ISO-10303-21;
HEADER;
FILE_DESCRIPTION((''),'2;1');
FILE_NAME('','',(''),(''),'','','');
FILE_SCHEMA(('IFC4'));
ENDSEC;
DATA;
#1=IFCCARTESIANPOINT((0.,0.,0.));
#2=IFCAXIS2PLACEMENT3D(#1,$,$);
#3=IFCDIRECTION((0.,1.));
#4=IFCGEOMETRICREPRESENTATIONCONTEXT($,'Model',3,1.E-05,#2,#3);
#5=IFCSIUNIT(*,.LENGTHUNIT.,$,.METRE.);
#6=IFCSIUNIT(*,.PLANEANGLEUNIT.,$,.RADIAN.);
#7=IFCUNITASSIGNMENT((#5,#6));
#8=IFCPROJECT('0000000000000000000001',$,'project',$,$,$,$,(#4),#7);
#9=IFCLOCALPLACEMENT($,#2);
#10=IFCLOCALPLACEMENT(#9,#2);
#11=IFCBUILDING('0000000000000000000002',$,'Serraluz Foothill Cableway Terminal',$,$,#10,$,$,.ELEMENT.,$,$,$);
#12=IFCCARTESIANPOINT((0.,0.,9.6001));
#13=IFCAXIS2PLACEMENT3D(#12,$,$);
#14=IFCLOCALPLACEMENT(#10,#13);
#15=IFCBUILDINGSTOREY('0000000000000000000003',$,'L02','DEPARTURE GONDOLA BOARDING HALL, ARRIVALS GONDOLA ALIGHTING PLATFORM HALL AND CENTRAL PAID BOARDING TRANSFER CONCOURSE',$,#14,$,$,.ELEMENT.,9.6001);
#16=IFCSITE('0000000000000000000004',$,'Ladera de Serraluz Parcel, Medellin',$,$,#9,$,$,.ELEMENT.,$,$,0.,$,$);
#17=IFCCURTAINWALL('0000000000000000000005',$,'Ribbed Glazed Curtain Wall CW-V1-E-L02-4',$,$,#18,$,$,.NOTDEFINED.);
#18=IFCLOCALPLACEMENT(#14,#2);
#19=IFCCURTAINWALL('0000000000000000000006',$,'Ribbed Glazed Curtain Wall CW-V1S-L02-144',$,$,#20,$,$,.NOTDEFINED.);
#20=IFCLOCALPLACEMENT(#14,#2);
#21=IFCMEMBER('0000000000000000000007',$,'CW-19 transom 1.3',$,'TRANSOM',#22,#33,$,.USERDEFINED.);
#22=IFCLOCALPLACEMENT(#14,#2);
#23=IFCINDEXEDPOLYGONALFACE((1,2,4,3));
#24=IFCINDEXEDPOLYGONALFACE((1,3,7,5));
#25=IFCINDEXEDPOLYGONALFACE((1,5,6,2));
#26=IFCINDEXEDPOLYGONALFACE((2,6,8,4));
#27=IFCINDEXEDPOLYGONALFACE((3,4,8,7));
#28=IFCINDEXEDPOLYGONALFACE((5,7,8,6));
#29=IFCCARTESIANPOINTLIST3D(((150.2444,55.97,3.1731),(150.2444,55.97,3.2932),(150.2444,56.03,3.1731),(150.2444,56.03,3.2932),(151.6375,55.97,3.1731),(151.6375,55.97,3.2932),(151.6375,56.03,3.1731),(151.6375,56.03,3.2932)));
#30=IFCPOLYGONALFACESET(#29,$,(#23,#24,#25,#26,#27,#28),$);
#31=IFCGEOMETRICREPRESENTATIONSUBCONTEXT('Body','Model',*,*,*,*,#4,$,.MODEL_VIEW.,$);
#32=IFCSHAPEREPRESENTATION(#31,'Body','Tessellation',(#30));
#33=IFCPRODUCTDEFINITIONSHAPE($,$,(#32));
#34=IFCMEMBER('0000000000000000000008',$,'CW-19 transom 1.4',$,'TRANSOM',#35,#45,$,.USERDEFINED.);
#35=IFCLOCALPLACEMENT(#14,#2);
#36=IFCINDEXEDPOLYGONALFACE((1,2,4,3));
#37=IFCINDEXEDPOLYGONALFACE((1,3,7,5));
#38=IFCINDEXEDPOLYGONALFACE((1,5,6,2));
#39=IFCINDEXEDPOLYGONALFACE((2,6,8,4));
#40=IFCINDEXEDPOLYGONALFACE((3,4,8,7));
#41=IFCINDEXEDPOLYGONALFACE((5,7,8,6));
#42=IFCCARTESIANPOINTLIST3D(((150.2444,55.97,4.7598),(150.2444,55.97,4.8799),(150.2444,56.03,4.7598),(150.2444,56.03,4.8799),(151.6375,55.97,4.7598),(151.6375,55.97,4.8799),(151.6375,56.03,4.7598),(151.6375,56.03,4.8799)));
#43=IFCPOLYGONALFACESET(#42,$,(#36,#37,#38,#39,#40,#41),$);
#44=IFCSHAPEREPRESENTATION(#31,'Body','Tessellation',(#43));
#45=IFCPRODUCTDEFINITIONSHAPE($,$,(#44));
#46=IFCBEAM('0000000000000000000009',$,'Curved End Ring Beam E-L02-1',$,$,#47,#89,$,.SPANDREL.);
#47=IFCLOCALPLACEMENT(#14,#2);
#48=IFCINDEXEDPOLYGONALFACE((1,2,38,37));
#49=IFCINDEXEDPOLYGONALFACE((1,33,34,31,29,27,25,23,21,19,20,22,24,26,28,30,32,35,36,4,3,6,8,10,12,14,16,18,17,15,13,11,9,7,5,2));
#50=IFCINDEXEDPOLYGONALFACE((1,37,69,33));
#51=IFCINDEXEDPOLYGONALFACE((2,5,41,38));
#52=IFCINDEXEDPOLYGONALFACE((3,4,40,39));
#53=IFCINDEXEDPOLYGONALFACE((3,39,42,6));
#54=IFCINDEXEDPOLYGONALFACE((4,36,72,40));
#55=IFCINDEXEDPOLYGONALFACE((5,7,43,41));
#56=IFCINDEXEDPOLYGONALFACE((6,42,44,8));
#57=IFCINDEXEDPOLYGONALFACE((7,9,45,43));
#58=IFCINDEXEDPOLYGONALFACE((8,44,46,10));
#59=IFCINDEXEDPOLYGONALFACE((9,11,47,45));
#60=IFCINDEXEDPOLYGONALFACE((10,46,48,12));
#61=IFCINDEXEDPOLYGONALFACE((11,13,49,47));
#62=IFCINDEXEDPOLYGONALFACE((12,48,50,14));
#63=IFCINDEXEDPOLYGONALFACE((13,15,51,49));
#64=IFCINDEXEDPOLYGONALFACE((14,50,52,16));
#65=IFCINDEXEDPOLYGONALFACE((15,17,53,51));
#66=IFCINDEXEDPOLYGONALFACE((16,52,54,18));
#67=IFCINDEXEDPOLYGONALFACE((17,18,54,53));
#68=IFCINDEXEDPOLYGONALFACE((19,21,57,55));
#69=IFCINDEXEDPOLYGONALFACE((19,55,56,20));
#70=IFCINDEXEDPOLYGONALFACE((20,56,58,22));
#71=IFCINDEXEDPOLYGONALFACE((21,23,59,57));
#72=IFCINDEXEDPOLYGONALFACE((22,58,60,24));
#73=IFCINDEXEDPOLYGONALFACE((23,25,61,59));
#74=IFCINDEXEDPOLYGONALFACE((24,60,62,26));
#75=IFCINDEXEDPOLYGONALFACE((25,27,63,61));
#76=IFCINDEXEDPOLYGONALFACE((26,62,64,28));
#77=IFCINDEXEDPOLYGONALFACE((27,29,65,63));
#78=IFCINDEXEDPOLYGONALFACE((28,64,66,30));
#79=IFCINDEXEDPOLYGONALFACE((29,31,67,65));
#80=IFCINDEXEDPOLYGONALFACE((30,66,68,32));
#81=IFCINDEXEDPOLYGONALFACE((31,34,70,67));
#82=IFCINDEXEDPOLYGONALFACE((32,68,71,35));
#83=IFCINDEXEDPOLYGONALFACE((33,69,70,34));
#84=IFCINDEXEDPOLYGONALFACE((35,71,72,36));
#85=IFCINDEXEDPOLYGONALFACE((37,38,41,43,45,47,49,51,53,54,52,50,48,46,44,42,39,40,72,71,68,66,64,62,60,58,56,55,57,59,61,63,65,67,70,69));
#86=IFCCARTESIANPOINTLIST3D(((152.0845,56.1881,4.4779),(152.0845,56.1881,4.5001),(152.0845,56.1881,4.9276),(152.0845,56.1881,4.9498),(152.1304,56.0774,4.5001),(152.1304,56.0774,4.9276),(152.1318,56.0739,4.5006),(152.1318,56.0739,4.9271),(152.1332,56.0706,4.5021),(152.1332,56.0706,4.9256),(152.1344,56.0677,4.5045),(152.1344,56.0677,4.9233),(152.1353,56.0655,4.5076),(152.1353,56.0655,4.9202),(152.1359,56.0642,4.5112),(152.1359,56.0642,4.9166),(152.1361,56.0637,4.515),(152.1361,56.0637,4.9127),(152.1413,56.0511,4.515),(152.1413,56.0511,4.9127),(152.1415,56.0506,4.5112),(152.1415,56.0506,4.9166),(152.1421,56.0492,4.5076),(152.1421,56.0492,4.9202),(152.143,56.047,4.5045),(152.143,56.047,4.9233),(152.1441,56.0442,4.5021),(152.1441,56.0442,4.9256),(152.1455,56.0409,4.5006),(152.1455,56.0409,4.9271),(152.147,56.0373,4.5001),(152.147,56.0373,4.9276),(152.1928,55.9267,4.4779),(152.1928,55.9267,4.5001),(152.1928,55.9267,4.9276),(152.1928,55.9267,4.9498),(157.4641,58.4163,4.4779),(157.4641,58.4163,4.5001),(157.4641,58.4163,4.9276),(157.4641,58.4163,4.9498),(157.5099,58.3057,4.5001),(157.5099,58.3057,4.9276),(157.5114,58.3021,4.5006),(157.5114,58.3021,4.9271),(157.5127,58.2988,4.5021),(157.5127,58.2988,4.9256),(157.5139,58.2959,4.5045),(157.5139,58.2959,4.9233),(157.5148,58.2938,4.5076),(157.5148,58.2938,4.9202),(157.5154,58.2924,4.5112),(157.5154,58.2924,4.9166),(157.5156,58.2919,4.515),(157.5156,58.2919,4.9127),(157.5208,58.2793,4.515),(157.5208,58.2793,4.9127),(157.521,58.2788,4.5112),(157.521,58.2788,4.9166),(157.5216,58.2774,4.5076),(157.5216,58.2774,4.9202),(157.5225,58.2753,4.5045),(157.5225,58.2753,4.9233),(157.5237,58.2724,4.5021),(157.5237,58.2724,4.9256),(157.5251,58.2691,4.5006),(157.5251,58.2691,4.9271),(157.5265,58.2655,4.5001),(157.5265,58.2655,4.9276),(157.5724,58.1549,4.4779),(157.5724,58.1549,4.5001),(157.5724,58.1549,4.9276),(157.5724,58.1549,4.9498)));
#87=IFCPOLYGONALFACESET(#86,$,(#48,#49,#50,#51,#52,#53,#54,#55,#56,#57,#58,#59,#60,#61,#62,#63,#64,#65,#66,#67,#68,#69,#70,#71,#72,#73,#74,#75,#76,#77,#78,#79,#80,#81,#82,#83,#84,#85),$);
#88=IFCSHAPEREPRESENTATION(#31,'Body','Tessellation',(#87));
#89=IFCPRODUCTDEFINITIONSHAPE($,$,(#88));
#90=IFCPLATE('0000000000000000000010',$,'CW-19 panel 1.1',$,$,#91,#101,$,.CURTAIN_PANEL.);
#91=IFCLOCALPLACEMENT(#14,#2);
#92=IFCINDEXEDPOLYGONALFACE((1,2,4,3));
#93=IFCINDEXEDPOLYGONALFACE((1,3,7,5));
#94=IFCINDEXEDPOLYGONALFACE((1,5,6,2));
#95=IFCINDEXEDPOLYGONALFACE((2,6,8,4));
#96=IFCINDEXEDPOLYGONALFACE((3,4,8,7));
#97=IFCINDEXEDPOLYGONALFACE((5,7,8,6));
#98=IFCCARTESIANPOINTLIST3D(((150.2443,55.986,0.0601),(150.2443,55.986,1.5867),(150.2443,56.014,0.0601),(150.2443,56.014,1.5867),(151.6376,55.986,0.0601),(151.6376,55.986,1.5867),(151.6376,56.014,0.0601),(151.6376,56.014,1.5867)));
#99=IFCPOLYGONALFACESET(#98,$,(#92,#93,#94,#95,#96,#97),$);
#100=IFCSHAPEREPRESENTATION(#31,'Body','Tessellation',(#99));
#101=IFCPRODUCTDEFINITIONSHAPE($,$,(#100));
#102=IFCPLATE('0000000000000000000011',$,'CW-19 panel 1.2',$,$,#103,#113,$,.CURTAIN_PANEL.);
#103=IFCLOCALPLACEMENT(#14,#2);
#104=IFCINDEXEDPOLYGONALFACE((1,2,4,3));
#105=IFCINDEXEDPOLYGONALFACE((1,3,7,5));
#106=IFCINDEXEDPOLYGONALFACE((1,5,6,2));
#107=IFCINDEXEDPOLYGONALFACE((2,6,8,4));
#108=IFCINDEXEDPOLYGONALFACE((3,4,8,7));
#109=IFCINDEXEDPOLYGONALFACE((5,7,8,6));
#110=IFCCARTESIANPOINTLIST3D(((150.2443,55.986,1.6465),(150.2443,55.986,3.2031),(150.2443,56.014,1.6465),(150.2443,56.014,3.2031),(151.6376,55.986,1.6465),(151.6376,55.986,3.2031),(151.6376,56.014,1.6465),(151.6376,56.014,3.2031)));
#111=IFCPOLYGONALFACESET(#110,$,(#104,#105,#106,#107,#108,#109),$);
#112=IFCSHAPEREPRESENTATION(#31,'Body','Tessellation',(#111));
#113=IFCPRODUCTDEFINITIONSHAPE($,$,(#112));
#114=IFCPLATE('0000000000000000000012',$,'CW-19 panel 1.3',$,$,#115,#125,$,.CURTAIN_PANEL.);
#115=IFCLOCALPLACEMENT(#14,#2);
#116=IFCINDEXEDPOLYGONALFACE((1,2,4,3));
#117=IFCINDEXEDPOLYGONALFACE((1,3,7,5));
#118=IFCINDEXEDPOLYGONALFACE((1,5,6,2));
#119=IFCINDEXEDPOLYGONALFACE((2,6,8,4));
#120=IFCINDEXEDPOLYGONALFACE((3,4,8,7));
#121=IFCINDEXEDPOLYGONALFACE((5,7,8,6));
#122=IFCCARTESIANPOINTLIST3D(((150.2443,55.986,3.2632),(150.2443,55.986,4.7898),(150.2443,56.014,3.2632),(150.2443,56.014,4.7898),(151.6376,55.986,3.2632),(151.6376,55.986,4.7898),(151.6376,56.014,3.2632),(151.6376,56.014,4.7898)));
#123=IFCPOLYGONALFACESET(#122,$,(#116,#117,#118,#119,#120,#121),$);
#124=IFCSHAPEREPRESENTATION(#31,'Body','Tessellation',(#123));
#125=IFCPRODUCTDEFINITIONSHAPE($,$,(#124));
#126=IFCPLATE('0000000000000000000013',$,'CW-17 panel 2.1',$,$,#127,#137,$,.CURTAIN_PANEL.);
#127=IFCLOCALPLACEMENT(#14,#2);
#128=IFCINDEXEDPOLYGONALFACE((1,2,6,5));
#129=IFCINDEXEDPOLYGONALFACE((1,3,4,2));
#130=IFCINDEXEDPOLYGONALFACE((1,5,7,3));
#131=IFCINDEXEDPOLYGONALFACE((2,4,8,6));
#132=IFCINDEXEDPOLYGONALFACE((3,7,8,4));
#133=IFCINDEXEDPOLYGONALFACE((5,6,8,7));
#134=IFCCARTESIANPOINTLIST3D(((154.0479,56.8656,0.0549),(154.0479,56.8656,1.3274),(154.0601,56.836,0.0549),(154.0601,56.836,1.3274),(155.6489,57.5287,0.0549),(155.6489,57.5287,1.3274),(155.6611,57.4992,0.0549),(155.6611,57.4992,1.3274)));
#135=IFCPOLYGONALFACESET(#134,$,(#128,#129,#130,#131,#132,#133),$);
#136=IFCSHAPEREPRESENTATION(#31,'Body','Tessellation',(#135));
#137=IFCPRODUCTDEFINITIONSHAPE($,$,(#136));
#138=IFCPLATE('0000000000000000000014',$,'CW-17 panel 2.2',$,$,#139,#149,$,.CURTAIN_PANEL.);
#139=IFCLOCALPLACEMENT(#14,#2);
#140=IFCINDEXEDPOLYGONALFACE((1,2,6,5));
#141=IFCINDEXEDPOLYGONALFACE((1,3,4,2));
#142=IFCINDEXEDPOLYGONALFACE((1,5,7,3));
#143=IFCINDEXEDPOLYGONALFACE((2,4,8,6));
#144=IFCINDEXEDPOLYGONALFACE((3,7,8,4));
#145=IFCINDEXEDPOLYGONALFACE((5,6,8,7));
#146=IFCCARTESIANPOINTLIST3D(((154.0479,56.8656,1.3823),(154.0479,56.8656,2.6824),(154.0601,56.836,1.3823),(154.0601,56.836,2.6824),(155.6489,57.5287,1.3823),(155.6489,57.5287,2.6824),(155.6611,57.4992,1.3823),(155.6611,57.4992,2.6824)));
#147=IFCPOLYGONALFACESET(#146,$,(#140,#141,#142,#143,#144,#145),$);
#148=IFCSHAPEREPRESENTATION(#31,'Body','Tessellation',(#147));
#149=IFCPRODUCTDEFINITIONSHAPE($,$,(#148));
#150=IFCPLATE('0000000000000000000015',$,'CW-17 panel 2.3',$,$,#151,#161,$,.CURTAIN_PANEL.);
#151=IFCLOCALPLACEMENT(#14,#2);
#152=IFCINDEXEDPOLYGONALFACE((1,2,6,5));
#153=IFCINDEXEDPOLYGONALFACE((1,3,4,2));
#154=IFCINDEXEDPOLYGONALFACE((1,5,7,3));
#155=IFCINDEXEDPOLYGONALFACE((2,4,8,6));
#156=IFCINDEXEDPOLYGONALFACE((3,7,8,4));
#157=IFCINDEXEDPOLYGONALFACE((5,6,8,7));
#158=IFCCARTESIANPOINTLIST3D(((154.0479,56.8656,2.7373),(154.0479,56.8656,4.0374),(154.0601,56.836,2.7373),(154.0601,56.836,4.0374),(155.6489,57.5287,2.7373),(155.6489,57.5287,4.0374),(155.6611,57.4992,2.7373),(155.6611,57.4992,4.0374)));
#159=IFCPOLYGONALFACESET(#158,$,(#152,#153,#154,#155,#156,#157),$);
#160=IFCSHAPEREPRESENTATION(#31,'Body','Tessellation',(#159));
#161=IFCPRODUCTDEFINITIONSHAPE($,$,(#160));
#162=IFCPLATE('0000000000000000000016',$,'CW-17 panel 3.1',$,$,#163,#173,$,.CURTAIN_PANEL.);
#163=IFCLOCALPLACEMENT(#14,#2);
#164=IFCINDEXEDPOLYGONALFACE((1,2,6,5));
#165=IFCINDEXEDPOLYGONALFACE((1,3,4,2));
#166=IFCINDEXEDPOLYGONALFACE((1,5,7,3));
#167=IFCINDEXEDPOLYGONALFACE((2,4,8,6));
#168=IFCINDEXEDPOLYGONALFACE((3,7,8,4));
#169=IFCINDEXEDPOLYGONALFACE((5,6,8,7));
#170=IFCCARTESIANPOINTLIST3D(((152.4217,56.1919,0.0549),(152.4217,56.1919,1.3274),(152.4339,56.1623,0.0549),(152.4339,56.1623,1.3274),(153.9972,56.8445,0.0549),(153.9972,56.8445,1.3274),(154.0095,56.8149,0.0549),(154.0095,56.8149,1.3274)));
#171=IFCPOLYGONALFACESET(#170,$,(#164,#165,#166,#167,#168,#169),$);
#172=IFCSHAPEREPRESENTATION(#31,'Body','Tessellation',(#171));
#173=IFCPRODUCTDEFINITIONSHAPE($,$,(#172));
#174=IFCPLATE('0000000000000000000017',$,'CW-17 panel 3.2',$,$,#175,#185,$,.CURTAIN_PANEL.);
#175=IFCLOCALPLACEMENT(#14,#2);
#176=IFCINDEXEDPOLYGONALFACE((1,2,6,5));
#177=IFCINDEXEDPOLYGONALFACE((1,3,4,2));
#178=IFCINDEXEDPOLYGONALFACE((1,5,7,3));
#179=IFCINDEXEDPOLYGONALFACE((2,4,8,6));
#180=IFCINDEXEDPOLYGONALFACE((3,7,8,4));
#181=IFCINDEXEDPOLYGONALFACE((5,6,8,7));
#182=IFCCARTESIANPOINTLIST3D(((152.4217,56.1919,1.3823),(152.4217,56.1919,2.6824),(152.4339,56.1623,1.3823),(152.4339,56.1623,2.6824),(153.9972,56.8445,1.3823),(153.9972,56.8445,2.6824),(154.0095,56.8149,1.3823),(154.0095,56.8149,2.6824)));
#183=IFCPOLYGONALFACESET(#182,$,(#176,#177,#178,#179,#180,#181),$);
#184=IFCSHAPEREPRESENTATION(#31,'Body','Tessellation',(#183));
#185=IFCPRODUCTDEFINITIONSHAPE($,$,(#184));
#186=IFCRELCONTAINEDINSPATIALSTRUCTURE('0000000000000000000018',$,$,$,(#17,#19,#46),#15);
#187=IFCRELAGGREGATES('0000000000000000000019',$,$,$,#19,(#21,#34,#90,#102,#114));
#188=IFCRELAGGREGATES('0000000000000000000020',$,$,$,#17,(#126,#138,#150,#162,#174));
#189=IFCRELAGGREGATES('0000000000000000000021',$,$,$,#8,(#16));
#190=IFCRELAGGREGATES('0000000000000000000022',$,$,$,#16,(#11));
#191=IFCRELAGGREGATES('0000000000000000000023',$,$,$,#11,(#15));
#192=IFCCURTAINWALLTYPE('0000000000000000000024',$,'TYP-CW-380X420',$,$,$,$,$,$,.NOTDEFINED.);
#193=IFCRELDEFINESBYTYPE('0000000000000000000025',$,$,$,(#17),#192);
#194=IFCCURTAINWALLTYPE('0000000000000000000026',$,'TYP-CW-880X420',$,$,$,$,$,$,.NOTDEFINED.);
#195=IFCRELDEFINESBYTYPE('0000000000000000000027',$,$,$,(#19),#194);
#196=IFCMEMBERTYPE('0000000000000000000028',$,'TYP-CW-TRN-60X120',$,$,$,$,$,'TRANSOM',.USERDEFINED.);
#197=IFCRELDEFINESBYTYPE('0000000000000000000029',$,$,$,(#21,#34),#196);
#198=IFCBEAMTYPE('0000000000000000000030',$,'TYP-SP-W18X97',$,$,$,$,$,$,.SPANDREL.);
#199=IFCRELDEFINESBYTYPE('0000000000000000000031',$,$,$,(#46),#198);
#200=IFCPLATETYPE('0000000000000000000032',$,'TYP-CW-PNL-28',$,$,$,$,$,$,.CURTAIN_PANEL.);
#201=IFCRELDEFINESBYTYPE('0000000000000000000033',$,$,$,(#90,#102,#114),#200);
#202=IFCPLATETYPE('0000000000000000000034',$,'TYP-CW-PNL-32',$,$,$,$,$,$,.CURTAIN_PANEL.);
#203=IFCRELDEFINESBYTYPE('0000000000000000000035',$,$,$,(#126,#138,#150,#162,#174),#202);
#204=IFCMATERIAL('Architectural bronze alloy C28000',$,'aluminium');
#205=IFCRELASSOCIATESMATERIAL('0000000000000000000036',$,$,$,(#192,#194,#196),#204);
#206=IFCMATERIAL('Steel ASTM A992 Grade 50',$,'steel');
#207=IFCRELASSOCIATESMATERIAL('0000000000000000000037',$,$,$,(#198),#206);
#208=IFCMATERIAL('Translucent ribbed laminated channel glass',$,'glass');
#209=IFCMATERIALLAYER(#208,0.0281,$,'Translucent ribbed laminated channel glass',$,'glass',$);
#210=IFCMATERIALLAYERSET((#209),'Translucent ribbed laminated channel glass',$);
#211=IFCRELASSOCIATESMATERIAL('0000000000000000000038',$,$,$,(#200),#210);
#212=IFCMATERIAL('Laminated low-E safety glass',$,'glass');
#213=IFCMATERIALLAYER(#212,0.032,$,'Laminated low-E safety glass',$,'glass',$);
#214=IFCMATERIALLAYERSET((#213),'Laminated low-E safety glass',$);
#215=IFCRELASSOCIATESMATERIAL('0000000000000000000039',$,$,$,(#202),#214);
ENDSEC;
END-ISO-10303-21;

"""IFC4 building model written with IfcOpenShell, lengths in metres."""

from ifc_helpers import new_model, si_unit, direction, frame, origin, origin_2d, place, context, subcontext, project, spatial, rectangle, i_section, extrude, material, layer, layer_set, material_profile, profile_set, type_object, element, aggregate, save


model = new_model("IFC4")

# Units and contexts
model_context = context("Model", 3, precision=1e-05, world=origin(), true_north=direction((0.0, 1.0)))
body_context = subcontext(model_context, "Body", "Model", "MODEL_VIEW")
ifc_project = project(units=[si_unit("LENGTHUNIT", "METRE"), si_unit("PLANEANGLEUNIT", "RADIAN")], contexts=[model_context])

# Site, building, storey
site_placement = place(None, origin())
site = spatial("IfcSite", under=ifc_project, at=site_placement, Name="Ladera de Serraluz Parcel, Medellin", CompositionType="ELEMENT", RefElevation=0.0)
building_placement = place(site_placement, origin())
building = spatial("IfcBuilding", under=site, at=building_placement, Name="Serraluz Foothill Cableway Terminal", CompositionType="ELEMENT")
storey_placement = place(building_placement, frame((0.0, 0.0, 9.6001)))
storey = spatial("IfcBuildingStorey", under=building, at=storey_placement, Name="L02", Description="DEPARTURE GONDOLA BOARDING HALL, ARRIVALS GONDOLA ALIGHTING PLATFORM HALL AND CENTRAL PAID BOARDING TRANSFER CONCOURSE", CompositionType="ELEMENT", Elevation=9.6001)

# Shared definitions
ifc_material_1 = material(Name="Steel ASTM A992 Grade 50", Category="steel")

# Curtain wall
ifc_material_2 = material(Name="Architectural bronze alloy C28000", Category="aluminium")
curtain_wall_type_1 = type_object("IfcCurtainWallType", Name="TYP-CW-380X420", PredefinedType="NOTDEFINED", material=ifc_material_2)
curtain_wall_1_placement = place(storey_placement, origin())
curtain_wall_1 = element("IfcCurtainWall", 1, at=curtain_wall_1_placement, inside=storey, type_object=curtain_wall_type_1, Name="Ribbed Glazed Curtain Wall CW-V1-E-L02-4", PredefinedType="NOTDEFINED")

# Curtain wall
curtain_wall_type_2 = type_object("IfcCurtainWallType", Name="TYP-CW-880X420", PredefinedType="NOTDEFINED", material=ifc_material_2)
curtain_wall_2_placement = place(storey_placement, origin())
curtain_wall_2 = element("IfcCurtainWall", 2, at=curtain_wall_2_placement, inside=storey, type_object=curtain_wall_type_2, Name="Ribbed Glazed Curtain Wall CW-V1S-L02-144", PredefinedType="NOTDEFINED")

# Members
ifc_material_profile_1 = material_profile(ifc_material_2, rectangle(XDim=0.0601, YDim=0.1201, at=origin_2d()), Name="ALU TRANSOM 60x120")
ifc_profile_set_1 = profile_set([ifc_material_profile_1], Name="Architectural bronze alloy C28000")
member_type_1 = type_object("IfcMemberType", Name="TYP-CW-TRN-60X120", ElementType="TRANSOM", PredefinedType="USERDEFINED", material=ifc_profile_set_1)
member_1_placement = place(storey_placement, frame((151.6375, 56.0, 3.2332), z_axis=(-1.0, 0.0, 0.0), x_axis=(0.0, -1.0, 0.0)))
member_1 = element("IfcMember", 3, at=member_1_placement, type_object=member_type_1, Name="CW-19 transom 1.3", ObjectType="TRANSOM", PredefinedType="USERDEFINED", context=body_context, shape_type="SweptSolid", body=[
    extrude(rectangle(XDim=0.0601, YDim=0.1201, at=origin_2d()), origin(), (0.0, 0.0, 1.0), 1.3931),
])
member_2_placement = place(storey_placement, frame((151.6375, 56.0, 4.8198), z_axis=(-1.0, 0.0, 0.0), x_axis=(0.0, -1.0, 0.0)))
member_2 = element("IfcMember", 4, at=member_2_placement, type_object=member_type_1, Name="CW-19 transom 1.4", ObjectType="TRANSOM", PredefinedType="USERDEFINED", context=body_context, shape_type="SweptSolid", body=[
    extrude(rectangle(XDim=0.0601, YDim=0.1201, at=origin_2d()), origin(), (0.0, 0.0, 1.0), 1.3931),
])

# Beam
ifc_material_profile_2 = material_profile(ifc_material_1, i_section(OverallWidth=0.283, OverallDepth=0.4719, WebThickness=0.0137, FlangeThickness=0.0222, FilletRadius=0.0149, at=origin_2d()), Name="W18X97")
ifc_profile_set_2 = profile_set([ifc_material_profile_2], Name="Steel ASTM A992 Grade 50")
beam_type = type_object("IfcBeamType", Name="TYP-SP-W18X97", PredefinedType="SPANDREL", material=ifc_profile_set_2)
beam_placement = place(storey_placement, frame((152.1387, 56.0574, 4.7139), z_axis=(0.923882, 0.382676, 0.0), x_axis=(-0.382676, 0.923882, 0.0)))
element("IfcBeam", 5, at=beam_placement, inside=storey, type_object=beam_type, Name="Curved End Ring Beam E-L02-1", PredefinedType="SPANDREL", context=body_context, shape_type="SweptSolid", body=[
    extrude(i_section(OverallWidth=0.283, OverallDepth=0.4719, WebThickness=0.0137, FlangeThickness=0.0222, FilletRadius=0.0149, at=origin_2d()), origin(), (0.0, 0.0, 1.0), 5.8228),
])

# Plates
ifc_material_3 = material(Name="Translucent ribbed laminated channel glass", Category="glass")
ifc_layer_1 = layer(ifc_material_3, 0.0281, Name="Translucent ribbed laminated channel glass", Category="glass")
ifc_layer_set_1 = layer_set([ifc_layer_1], Name="Translucent ribbed laminated channel glass")
plate_type_1 = type_object("IfcPlateType", Name="TYP-CW-PNL-28", PredefinedType="CURTAIN_PANEL", material=ifc_layer_set_1)
plate_1_placement = place(storey_placement, frame((150.9409, 56.0, 0.0601), z_axis=(0.0, 0.0, 1.0), x_axis=(-1.0, 0.0, 0.0)))
plate_1 = element("IfcPlate", 6, at=plate_1_placement, type_object=plate_type_1, Name="CW-19 panel 1.1", PredefinedType="CURTAIN_PANEL", context=body_context, shape_type="SweptSolid", body=[
    extrude(rectangle(XDim=1.3933, YDim=0.0281, at=origin_2d()), origin(), (0.0, 0.0, 1.0), 1.5266),
])
plate_2_placement = place(storey_placement, frame((150.9409, 56.0, 1.6465), z_axis=(0.0, 0.0, 1.0), x_axis=(-1.0, 0.0, 0.0)))
plate_2 = element("IfcPlate", 7, at=plate_2_placement, type_object=plate_type_1, Name="CW-19 panel 1.2", PredefinedType="CURTAIN_PANEL", context=body_context, shape_type="SweptSolid", body=[
    extrude(rectangle(XDim=1.3933, YDim=0.0281, at=origin_2d()), origin(), (0.0, 0.0, 1.0), 1.5566),
])
plate_3_placement = place(storey_placement, frame((150.9409, 56.0, 3.2632), z_axis=(0.0, 0.0, 1.0), x_axis=(-1.0, 0.0, 0.0)))
plate_3 = element("IfcPlate", 8, at=plate_3_placement, type_object=plate_type_1, Name="CW-19 panel 1.3", PredefinedType="CURTAIN_PANEL", context=body_context, shape_type="SweptSolid", body=[
    extrude(rectangle(XDim=1.3933, YDim=0.0281, at=origin_2d()), origin(), (0.0, 0.0, 1.0), 1.5266),
])
aggregate(curtain_wall_2, [member_1, member_2, plate_1, plate_2, plate_3])
ifc_material_4 = material(Name="Laminated low-E safety glass", Category="glass")
ifc_layer_2 = layer(ifc_material_4, 0.032, Name="Laminated low-E safety glass", Category="glass")
ifc_layer_set_2 = layer_set([ifc_layer_2], Name="Laminated low-E safety glass")
plate_type_2 = type_object("IfcPlateType", Name="TYP-CW-PNL-32", PredefinedType="CURTAIN_PANEL", material=ifc_layer_set_2)
plate_4_placement = place(storey_placement, frame((154.8545, 57.1824, 0.0549), z_axis=(0.0, 0.0, 1.0), x_axis=(-0.92388, -0.382682, 0.0)))
plate_4 = element("IfcPlate", 9, at=plate_4_placement, type_object=plate_type_2, Name="CW-17 panel 2.1", PredefinedType="CURTAIN_PANEL", context=body_context, shape_type="SweptSolid", body=[
    extrude(rectangle(XDim=1.7329, YDim=0.032, at=origin_2d()), origin(), (0.0, 0.0, 1.0), 1.2725),
])
plate_5_placement = place(storey_placement, frame((154.8545, 57.1824, 1.3823), z_axis=(0.0, 0.0, 1.0), x_axis=(-0.92388, -0.382682, 0.0)))
plate_5 = element("IfcPlate", 10, at=plate_5_placement, type_object=plate_type_2, Name="CW-17 panel 2.2", PredefinedType="CURTAIN_PANEL", context=body_context, shape_type="SweptSolid", body=[
    extrude(rectangle(XDim=1.7329, YDim=0.032, at=origin_2d()), origin(), (0.0, 0.0, 1.0), 1.3),
])
plate_6_placement = place(storey_placement, frame((154.8545, 57.1824, 2.7373), z_axis=(0.0, 0.0, 1.0), x_axis=(-0.92388, -0.382682, 0.0)))
plate_6 = element("IfcPlate", 11, at=plate_6_placement, type_object=plate_type_2, Name="CW-17 panel 2.3", PredefinedType="CURTAIN_PANEL", context=body_context, shape_type="SweptSolid", body=[
    extrude(rectangle(XDim=1.7329, YDim=0.032, at=origin_2d()), origin(), (0.0, 0.0, 1.0), 1.3),
])
plate_7_placement = place(storey_placement, frame((153.2156, 56.5034, 0.0549), z_axis=(0.0, 0.0, 1.0), x_axis=(-0.92388, -0.382682, 0.0)))
plate_7 = element("IfcPlate", 12, at=plate_7_placement, type_object=plate_type_2, Name="CW-17 panel 3.1", PredefinedType="CURTAIN_PANEL", context=body_context, shape_type="SweptSolid", body=[
    extrude(rectangle(XDim=1.7053, YDim=0.032, at=origin_2d()), origin(), (0.0, 0.0, 1.0), 1.2725),
])
plate_8_placement = place(storey_placement, frame((153.2156, 56.5034, 1.3823), z_axis=(0.0, 0.0, 1.0), x_axis=(-0.92388, -0.382682, 0.0)))
plate_8 = element("IfcPlate", 13, at=plate_8_placement, type_object=plate_type_2, Name="CW-17 panel 3.2", PredefinedType="CURTAIN_PANEL", context=body_context, shape_type="SweptSolid", body=[
    extrude(rectangle(XDim=1.7053, YDim=0.032, at=origin_2d()), origin(), (0.0, 0.0, 1.0), 1.3),
])
aggregate(curtain_wall_1, [plate_4, plate_5, plate_6, plate_7, plate_8])

save(model, "model.ifc")
